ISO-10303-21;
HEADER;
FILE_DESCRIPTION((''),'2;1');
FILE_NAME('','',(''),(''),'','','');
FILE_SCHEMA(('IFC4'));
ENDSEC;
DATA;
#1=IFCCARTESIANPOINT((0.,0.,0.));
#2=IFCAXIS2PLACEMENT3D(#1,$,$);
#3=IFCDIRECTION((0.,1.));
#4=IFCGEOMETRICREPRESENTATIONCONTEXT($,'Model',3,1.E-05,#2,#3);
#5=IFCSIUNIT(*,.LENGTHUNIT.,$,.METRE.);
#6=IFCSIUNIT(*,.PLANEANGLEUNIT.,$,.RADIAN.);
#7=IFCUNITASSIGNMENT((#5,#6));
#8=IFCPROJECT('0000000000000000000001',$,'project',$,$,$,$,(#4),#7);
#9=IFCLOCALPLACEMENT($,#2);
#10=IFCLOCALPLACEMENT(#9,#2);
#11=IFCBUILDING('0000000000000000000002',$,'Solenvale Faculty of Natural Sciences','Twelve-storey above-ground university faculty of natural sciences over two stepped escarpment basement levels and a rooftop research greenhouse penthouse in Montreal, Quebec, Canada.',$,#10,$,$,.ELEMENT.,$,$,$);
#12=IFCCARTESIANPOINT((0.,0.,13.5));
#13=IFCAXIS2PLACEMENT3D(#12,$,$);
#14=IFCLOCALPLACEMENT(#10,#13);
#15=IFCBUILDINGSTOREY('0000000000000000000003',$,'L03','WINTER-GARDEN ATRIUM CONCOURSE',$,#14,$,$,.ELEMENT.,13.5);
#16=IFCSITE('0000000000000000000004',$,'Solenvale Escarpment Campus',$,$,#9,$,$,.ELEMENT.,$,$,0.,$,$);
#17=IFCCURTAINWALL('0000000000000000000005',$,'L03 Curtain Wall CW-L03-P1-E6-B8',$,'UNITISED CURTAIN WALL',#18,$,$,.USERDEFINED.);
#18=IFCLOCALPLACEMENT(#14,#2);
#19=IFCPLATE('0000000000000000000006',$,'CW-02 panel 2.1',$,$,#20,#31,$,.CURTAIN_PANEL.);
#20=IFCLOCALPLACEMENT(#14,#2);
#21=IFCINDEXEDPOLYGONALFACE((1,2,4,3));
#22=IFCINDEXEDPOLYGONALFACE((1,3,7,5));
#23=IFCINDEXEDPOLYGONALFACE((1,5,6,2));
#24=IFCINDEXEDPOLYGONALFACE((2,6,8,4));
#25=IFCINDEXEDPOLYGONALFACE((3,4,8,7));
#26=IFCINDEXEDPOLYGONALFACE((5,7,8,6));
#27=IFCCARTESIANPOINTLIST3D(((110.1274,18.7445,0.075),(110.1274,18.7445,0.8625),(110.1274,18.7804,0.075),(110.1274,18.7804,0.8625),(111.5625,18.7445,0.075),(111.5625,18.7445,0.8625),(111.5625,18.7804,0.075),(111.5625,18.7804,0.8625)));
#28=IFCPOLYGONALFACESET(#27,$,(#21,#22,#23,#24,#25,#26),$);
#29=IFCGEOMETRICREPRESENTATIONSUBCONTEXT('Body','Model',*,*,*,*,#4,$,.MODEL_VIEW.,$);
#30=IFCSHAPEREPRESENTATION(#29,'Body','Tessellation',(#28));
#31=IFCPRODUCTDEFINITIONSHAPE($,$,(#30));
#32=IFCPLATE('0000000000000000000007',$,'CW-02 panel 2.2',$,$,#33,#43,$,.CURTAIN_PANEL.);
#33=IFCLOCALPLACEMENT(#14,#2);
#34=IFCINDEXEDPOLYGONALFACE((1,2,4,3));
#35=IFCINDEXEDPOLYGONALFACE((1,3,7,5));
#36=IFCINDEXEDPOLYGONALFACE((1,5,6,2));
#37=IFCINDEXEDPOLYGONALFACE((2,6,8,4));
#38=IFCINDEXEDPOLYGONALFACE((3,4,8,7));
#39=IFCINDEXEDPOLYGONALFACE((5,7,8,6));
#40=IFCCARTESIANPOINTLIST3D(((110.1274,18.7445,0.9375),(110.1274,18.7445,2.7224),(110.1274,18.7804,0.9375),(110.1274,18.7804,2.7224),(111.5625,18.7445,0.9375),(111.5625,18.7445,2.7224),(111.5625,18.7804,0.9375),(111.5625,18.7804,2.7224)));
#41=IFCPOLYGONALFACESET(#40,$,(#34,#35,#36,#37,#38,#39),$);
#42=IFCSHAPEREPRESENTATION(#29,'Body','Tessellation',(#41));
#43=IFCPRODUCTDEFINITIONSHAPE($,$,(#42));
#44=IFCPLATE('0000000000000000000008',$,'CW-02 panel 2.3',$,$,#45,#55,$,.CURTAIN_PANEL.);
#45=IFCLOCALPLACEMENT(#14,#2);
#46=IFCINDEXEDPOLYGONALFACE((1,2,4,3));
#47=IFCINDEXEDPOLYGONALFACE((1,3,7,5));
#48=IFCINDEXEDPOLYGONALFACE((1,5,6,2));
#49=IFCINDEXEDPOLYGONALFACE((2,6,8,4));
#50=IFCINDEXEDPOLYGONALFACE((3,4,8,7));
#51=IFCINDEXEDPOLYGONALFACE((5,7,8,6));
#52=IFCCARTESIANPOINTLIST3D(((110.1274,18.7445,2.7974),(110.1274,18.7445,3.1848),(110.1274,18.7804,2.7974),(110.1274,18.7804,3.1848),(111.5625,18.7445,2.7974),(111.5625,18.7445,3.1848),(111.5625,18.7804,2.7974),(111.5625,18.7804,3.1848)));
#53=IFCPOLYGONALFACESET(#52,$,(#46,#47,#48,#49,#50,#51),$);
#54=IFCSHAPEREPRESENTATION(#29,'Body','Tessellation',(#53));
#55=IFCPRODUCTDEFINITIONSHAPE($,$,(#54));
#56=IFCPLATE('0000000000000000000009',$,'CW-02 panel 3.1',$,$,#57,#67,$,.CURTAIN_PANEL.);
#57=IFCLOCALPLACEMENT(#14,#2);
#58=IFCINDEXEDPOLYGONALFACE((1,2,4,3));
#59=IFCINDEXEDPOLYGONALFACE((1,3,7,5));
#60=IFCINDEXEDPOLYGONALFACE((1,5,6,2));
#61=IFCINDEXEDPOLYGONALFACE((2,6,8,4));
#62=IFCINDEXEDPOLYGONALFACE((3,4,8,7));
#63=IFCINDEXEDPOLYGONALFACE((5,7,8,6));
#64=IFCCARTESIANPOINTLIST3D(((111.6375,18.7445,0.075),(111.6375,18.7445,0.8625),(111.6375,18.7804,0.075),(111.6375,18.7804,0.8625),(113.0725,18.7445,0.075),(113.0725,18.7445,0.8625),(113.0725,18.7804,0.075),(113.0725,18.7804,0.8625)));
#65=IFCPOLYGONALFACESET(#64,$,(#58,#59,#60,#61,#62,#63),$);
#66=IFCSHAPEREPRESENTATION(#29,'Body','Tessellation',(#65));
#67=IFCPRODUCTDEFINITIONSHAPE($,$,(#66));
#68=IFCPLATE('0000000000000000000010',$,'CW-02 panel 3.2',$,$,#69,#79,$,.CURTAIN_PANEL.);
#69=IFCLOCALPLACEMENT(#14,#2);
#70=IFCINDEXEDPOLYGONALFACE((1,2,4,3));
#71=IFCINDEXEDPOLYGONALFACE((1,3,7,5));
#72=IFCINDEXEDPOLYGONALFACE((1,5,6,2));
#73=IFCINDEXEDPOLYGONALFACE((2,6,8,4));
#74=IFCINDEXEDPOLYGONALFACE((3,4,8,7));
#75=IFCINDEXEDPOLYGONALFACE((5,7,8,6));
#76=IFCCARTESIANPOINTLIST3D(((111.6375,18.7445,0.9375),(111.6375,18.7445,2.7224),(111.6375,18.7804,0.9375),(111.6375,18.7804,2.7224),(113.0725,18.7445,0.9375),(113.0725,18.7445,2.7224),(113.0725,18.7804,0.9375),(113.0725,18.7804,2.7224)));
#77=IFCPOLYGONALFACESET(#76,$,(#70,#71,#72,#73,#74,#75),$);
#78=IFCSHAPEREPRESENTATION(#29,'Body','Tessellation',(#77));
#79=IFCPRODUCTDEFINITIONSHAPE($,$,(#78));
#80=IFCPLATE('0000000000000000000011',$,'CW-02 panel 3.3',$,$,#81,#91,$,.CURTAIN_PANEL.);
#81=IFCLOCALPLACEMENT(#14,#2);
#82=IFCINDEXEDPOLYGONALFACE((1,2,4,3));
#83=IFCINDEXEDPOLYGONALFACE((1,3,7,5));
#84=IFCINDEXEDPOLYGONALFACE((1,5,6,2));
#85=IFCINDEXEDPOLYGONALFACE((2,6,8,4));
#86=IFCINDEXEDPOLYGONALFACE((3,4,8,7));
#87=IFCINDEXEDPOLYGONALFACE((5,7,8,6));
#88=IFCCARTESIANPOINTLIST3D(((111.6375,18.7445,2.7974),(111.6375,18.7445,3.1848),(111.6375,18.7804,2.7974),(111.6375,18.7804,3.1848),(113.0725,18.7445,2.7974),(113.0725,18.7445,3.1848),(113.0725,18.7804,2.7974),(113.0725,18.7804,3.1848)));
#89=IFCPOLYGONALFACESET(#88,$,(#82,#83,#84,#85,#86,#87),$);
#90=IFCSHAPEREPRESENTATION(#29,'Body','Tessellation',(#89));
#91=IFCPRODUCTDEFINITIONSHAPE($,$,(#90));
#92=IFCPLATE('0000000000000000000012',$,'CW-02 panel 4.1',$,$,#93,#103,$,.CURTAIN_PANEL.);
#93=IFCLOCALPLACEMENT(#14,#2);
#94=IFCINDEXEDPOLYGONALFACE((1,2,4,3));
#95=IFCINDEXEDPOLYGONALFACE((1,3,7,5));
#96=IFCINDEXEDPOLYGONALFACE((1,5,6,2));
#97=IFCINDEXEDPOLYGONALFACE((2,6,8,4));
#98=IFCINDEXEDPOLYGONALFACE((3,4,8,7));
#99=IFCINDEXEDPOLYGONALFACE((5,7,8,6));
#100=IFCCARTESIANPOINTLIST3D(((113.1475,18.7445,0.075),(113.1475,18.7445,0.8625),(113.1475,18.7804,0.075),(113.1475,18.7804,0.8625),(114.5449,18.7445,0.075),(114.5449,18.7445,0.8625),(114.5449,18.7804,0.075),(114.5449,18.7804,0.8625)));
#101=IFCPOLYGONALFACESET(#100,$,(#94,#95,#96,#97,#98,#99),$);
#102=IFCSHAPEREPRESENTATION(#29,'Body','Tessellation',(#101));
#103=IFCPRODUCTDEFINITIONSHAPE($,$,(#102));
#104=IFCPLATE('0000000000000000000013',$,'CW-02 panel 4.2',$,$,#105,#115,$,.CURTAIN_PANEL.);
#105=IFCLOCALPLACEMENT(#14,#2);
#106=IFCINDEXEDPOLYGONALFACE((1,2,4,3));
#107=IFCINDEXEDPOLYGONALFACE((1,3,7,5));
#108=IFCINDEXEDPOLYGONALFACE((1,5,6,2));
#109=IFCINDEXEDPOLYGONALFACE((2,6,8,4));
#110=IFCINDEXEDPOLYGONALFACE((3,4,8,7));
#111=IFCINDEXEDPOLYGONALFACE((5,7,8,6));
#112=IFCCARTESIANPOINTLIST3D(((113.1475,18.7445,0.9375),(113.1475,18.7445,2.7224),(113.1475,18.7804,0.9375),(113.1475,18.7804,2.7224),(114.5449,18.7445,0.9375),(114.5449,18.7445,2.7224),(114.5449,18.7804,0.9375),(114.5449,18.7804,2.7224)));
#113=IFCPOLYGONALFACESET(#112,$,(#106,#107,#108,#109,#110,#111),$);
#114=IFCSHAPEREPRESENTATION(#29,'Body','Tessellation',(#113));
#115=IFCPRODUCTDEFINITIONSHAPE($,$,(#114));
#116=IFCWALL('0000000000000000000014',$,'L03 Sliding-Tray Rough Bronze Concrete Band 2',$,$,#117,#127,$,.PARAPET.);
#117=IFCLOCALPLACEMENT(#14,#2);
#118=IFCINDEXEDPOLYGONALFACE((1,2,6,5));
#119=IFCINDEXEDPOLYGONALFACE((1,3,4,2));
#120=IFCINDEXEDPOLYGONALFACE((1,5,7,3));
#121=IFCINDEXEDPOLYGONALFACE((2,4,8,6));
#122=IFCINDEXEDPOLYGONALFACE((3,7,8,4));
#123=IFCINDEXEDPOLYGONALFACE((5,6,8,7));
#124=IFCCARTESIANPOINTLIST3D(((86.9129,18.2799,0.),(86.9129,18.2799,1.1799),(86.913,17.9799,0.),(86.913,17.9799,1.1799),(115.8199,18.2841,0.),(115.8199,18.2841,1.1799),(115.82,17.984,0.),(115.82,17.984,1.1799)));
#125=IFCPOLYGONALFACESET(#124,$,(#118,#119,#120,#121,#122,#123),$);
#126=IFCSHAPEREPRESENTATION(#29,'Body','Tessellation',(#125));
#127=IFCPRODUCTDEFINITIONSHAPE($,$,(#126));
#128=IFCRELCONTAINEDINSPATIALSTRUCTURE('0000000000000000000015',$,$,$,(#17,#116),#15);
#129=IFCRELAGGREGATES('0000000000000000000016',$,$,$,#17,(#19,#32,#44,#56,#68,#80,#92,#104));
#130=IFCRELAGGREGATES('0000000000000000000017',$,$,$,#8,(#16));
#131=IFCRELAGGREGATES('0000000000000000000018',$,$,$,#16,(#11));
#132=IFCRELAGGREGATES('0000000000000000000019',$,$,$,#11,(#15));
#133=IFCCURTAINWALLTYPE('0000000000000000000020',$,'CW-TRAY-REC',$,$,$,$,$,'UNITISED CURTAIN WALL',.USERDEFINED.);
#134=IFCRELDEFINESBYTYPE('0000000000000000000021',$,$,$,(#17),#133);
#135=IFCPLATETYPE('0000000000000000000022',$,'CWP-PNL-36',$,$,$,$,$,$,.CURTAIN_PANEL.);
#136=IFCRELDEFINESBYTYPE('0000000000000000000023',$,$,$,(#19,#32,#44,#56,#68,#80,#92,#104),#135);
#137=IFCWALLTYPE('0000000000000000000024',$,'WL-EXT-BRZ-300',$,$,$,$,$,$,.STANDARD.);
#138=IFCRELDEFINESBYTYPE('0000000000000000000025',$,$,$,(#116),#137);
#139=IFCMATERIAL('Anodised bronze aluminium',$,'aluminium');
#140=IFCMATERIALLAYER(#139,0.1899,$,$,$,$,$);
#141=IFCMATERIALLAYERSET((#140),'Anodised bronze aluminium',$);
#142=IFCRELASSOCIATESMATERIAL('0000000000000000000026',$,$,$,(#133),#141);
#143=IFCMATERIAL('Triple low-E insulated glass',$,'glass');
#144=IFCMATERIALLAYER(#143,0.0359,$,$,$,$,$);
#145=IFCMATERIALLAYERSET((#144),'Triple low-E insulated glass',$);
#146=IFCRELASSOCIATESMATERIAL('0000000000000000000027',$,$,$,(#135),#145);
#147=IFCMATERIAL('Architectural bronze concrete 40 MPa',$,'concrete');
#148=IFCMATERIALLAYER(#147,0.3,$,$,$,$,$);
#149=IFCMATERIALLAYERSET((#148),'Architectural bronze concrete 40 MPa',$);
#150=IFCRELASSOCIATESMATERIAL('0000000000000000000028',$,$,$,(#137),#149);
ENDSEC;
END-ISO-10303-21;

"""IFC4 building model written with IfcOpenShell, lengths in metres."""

from ifc_helpers import new_model, si_unit, direction, frame, frame_2d, origin, origin_2d, place, context, subcontext, project, spatial, rectangle, extrude, material, layer, layer_set, type_object, element, aggregate, save


model = new_model("IFC4")

# Units and contexts
model_context = context("Model", 3, precision=1e-05, world=origin(), true_north=direction((0.0, 1.0)))
body_context = subcontext(model_context, "Body", "Model", "MODEL_VIEW")
ifc_project = project(units=[si_unit("LENGTHUNIT", "METRE"), si_unit("PLANEANGLEUNIT", "RADIAN")], contexts=[model_context])

# Site, building, storey
site_placement = place(None, origin())
site = spatial("IfcSite", under=ifc_project, at=site_placement, Name="Solenvale Escarpment Campus", CompositionType="ELEMENT", RefElevation=0.0)
building_placement = place(site_placement, origin())
building = spatial("IfcBuilding", under=site, at=building_placement, Name="Solenvale Faculty of Natural Sciences", Description="Twelve-storey above-ground university faculty of natural sciences over two stepped escarpment basement levels and a rooftop research greenhouse penthouse in Montreal, Quebec, Canada.", CompositionType="ELEMENT")
storey_placement = place(building_placement, frame((0.0, 0.0, 13.5)))
storey = spatial("IfcBuildingStorey", under=building, at=storey_placement, Name="L03", Description="WINTER-GARDEN ATRIUM CONCOURSE", CompositionType="ELEMENT", Elevation=13.5)

# Curtain wall, plates
ifc_material_1 = material(Name="Anodised bronze aluminium", Category="aluminium")
ifc_layer_1 = layer(ifc_material_1, 0.1899)
ifc_layer_set_1 = layer_set([ifc_layer_1], Name="Anodised bronze aluminium")
curtain_wall_type = type_object("IfcCurtainWallType", Name="CW-TRAY-REC", ElementType="UNITISED CURTAIN WALL", PredefinedType="USERDEFINED", material=ifc_layer_set_1)
curtain_wall_placement = place(storey_placement, origin())
curtain_wall = element("IfcCurtainWall", 1, at=curtain_wall_placement, inside=storey, type_object=curtain_wall_type, Name="L03 Curtain Wall CW-L03-P1-E6-B8", ObjectType="UNITISED CURTAIN WALL", PredefinedType="USERDEFINED")
ifc_material_2 = material(Name="Triple low-E insulated glass", Category="glass")
ifc_layer_2 = layer(ifc_material_2, 0.0359)
ifc_layer_set_2 = layer_set([ifc_layer_2], Name="Triple low-E insulated glass")
plate_type = type_object("IfcPlateType", Name="CWP-PNL-36", PredefinedType="CURTAIN_PANEL", material=ifc_layer_set_2)
plate_1_placement = place(storey_placement, frame((110.845, 18.7625, 0.075), z_axis=(0.0, 0.0, 1.0), x_axis=(1.0, 0.0, 0.0)))
plate_1 = element("IfcPlate", 2, at=plate_1_placement, type_object=plate_type, Name="CW-02 panel 2.1", PredefinedType="CURTAIN_PANEL", context=body_context, shape_type="SweptSolid", body=[
    extrude(rectangle(XDim=1.4351, YDim=0.0359, at=origin_2d()), origin(), (0.0, 0.0, 1.0), 0.7876),
])
plate_2_placement = place(storey_placement, frame((110.845, 18.7625, 0.9375), z_axis=(0.0, 0.0, 1.0), x_axis=(1.0, 0.0, 0.0)))
plate_2 = element("IfcPlate", 3, at=plate_2_placement, type_object=plate_type, Name="CW-02 panel 2.2", PredefinedType="CURTAIN_PANEL", context=body_context, shape_type="SweptSolid", body=[
    extrude(rectangle(XDim=1.4351, YDim=0.0359, at=origin_2d()), origin(), (0.0, 0.0, 1.0), 1.7849),
])
plate_3_placement = place(storey_placement, frame((110.845, 18.7625, 2.7974), z_axis=(0.0, 0.0, 1.0), x_axis=(1.0, 0.0, 0.0)))
plate_3 = element("IfcPlate", 4, at=plate_3_placement, type_object=plate_type, Name="CW-02 panel 2.3", PredefinedType="CURTAIN_PANEL", context=body_context, shape_type="SweptSolid", body=[
    extrude(rectangle(XDim=1.4351, YDim=0.0359, at=origin_2d()), origin(), (0.0, 0.0, 1.0), 0.3875),
])
plate_4_placement = place(storey_placement, frame((112.355, 18.7625, 0.075), z_axis=(0.0, 0.0, 1.0), x_axis=(1.0, 0.0, 0.0)))
plate_4 = element("IfcPlate", 5, at=plate_4_placement, type_object=plate_type, Name="CW-02 panel 3.1", PredefinedType="CURTAIN_PANEL", context=body_context, shape_type="SweptSolid", body=[
    extrude(rectangle(XDim=1.4351, YDim=0.0359, at=origin_2d()), origin(), (0.0, 0.0, 1.0), 0.7876),
])
plate_5_placement = place(storey_placement, frame((112.355, 18.7625, 0.9375), z_axis=(0.0, 0.0, 1.0), x_axis=(1.0, 0.0, 0.0)))
plate_5 = element("IfcPlate", 6, at=plate_5_placement, type_object=plate_type, Name="CW-02 panel 3.2", PredefinedType="CURTAIN_PANEL", context=body_context, shape_type="SweptSolid", body=[
    extrude(rectangle(XDim=1.4351, YDim=0.0359, at=origin_2d()), origin(), (0.0, 0.0, 1.0), 1.7849),
])
plate_6_placement = place(storey_placement, frame((112.355, 18.7625, 2.7974), z_axis=(0.0, 0.0, 1.0), x_axis=(1.0, 0.0, 0.0)))
plate_6 = element("IfcPlate", 7, at=plate_6_placement, type_object=plate_type, Name="CW-02 panel 3.3", PredefinedType="CURTAIN_PANEL", context=body_context, shape_type="SweptSolid", body=[
    extrude(rectangle(XDim=1.4351, YDim=0.0359, at=origin_2d()), origin(), (0.0, 0.0, 1.0), 0.3875),
])
plate_7_placement = place(storey_placement, frame((113.8462, 18.7625, 0.075), z_axis=(0.0, 0.0, 1.0), x_axis=(1.0, 0.0, 0.0)))
plate_7 = element("IfcPlate", 8, at=plate_7_placement, type_object=plate_type, Name="CW-02 panel 4.1", PredefinedType="CURTAIN_PANEL", context=body_context, shape_type="SweptSolid", body=[
    extrude(rectangle(XDim=1.3975, YDim=0.0359, at=origin_2d()), origin(), (0.0, 0.0, 1.0), 0.7876),
])
plate_8_placement = place(storey_placement, frame((113.8462, 18.7625, 0.9375), z_axis=(0.0, 0.0, 1.0), x_axis=(1.0, 0.0, 0.0)))
plate_8 = element("IfcPlate", 9, at=plate_8_placement, type_object=plate_type, Name="CW-02 panel 4.2", PredefinedType="CURTAIN_PANEL", context=body_context, shape_type="SweptSolid", body=[
    extrude(rectangle(XDim=1.3975, YDim=0.0359, at=origin_2d()), origin(), (0.0, 0.0, 1.0), 1.7849),
])
aggregate(curtain_wall, [plate_1, plate_2, plate_3, plate_4, plate_5, plate_6, plate_7, plate_8])

# Wall
ifc_material_3 = material(Name="Architectural bronze concrete 40 MPa", Category="concrete")
ifc_layer_3 = layer(ifc_material_3, 0.3)
ifc_layer_set_3 = layer_set([ifc_layer_3], Name="Architectural bronze concrete 40 MPa")
wall_type = type_object("IfcWallType", Name="WL-EXT-BRZ-300", PredefinedType="STANDARD", material=ifc_layer_set_3)
wall_placement = place(storey_placement, frame((115.8201, 18.134, 0.0), z_axis=(0.0, 0.0, 1.0), x_axis=(-1.0, -0.000144, 0.0)))
element("IfcWall", 10, at=wall_placement, inside=storey, type_object=wall_type, Name="L03 Sliding-Tray Rough Bronze Concrete Band 2", PredefinedType="PARAPET", context=body_context, shape_type="SweptSolid", body=[
    extrude(rectangle(XDim=28.907, YDim=0.3, at=frame_2d((14.4536, 0.0))), origin(), (0.0, 0.0, 1.0), 1.1799),
])

save(model, "model.ifc")
